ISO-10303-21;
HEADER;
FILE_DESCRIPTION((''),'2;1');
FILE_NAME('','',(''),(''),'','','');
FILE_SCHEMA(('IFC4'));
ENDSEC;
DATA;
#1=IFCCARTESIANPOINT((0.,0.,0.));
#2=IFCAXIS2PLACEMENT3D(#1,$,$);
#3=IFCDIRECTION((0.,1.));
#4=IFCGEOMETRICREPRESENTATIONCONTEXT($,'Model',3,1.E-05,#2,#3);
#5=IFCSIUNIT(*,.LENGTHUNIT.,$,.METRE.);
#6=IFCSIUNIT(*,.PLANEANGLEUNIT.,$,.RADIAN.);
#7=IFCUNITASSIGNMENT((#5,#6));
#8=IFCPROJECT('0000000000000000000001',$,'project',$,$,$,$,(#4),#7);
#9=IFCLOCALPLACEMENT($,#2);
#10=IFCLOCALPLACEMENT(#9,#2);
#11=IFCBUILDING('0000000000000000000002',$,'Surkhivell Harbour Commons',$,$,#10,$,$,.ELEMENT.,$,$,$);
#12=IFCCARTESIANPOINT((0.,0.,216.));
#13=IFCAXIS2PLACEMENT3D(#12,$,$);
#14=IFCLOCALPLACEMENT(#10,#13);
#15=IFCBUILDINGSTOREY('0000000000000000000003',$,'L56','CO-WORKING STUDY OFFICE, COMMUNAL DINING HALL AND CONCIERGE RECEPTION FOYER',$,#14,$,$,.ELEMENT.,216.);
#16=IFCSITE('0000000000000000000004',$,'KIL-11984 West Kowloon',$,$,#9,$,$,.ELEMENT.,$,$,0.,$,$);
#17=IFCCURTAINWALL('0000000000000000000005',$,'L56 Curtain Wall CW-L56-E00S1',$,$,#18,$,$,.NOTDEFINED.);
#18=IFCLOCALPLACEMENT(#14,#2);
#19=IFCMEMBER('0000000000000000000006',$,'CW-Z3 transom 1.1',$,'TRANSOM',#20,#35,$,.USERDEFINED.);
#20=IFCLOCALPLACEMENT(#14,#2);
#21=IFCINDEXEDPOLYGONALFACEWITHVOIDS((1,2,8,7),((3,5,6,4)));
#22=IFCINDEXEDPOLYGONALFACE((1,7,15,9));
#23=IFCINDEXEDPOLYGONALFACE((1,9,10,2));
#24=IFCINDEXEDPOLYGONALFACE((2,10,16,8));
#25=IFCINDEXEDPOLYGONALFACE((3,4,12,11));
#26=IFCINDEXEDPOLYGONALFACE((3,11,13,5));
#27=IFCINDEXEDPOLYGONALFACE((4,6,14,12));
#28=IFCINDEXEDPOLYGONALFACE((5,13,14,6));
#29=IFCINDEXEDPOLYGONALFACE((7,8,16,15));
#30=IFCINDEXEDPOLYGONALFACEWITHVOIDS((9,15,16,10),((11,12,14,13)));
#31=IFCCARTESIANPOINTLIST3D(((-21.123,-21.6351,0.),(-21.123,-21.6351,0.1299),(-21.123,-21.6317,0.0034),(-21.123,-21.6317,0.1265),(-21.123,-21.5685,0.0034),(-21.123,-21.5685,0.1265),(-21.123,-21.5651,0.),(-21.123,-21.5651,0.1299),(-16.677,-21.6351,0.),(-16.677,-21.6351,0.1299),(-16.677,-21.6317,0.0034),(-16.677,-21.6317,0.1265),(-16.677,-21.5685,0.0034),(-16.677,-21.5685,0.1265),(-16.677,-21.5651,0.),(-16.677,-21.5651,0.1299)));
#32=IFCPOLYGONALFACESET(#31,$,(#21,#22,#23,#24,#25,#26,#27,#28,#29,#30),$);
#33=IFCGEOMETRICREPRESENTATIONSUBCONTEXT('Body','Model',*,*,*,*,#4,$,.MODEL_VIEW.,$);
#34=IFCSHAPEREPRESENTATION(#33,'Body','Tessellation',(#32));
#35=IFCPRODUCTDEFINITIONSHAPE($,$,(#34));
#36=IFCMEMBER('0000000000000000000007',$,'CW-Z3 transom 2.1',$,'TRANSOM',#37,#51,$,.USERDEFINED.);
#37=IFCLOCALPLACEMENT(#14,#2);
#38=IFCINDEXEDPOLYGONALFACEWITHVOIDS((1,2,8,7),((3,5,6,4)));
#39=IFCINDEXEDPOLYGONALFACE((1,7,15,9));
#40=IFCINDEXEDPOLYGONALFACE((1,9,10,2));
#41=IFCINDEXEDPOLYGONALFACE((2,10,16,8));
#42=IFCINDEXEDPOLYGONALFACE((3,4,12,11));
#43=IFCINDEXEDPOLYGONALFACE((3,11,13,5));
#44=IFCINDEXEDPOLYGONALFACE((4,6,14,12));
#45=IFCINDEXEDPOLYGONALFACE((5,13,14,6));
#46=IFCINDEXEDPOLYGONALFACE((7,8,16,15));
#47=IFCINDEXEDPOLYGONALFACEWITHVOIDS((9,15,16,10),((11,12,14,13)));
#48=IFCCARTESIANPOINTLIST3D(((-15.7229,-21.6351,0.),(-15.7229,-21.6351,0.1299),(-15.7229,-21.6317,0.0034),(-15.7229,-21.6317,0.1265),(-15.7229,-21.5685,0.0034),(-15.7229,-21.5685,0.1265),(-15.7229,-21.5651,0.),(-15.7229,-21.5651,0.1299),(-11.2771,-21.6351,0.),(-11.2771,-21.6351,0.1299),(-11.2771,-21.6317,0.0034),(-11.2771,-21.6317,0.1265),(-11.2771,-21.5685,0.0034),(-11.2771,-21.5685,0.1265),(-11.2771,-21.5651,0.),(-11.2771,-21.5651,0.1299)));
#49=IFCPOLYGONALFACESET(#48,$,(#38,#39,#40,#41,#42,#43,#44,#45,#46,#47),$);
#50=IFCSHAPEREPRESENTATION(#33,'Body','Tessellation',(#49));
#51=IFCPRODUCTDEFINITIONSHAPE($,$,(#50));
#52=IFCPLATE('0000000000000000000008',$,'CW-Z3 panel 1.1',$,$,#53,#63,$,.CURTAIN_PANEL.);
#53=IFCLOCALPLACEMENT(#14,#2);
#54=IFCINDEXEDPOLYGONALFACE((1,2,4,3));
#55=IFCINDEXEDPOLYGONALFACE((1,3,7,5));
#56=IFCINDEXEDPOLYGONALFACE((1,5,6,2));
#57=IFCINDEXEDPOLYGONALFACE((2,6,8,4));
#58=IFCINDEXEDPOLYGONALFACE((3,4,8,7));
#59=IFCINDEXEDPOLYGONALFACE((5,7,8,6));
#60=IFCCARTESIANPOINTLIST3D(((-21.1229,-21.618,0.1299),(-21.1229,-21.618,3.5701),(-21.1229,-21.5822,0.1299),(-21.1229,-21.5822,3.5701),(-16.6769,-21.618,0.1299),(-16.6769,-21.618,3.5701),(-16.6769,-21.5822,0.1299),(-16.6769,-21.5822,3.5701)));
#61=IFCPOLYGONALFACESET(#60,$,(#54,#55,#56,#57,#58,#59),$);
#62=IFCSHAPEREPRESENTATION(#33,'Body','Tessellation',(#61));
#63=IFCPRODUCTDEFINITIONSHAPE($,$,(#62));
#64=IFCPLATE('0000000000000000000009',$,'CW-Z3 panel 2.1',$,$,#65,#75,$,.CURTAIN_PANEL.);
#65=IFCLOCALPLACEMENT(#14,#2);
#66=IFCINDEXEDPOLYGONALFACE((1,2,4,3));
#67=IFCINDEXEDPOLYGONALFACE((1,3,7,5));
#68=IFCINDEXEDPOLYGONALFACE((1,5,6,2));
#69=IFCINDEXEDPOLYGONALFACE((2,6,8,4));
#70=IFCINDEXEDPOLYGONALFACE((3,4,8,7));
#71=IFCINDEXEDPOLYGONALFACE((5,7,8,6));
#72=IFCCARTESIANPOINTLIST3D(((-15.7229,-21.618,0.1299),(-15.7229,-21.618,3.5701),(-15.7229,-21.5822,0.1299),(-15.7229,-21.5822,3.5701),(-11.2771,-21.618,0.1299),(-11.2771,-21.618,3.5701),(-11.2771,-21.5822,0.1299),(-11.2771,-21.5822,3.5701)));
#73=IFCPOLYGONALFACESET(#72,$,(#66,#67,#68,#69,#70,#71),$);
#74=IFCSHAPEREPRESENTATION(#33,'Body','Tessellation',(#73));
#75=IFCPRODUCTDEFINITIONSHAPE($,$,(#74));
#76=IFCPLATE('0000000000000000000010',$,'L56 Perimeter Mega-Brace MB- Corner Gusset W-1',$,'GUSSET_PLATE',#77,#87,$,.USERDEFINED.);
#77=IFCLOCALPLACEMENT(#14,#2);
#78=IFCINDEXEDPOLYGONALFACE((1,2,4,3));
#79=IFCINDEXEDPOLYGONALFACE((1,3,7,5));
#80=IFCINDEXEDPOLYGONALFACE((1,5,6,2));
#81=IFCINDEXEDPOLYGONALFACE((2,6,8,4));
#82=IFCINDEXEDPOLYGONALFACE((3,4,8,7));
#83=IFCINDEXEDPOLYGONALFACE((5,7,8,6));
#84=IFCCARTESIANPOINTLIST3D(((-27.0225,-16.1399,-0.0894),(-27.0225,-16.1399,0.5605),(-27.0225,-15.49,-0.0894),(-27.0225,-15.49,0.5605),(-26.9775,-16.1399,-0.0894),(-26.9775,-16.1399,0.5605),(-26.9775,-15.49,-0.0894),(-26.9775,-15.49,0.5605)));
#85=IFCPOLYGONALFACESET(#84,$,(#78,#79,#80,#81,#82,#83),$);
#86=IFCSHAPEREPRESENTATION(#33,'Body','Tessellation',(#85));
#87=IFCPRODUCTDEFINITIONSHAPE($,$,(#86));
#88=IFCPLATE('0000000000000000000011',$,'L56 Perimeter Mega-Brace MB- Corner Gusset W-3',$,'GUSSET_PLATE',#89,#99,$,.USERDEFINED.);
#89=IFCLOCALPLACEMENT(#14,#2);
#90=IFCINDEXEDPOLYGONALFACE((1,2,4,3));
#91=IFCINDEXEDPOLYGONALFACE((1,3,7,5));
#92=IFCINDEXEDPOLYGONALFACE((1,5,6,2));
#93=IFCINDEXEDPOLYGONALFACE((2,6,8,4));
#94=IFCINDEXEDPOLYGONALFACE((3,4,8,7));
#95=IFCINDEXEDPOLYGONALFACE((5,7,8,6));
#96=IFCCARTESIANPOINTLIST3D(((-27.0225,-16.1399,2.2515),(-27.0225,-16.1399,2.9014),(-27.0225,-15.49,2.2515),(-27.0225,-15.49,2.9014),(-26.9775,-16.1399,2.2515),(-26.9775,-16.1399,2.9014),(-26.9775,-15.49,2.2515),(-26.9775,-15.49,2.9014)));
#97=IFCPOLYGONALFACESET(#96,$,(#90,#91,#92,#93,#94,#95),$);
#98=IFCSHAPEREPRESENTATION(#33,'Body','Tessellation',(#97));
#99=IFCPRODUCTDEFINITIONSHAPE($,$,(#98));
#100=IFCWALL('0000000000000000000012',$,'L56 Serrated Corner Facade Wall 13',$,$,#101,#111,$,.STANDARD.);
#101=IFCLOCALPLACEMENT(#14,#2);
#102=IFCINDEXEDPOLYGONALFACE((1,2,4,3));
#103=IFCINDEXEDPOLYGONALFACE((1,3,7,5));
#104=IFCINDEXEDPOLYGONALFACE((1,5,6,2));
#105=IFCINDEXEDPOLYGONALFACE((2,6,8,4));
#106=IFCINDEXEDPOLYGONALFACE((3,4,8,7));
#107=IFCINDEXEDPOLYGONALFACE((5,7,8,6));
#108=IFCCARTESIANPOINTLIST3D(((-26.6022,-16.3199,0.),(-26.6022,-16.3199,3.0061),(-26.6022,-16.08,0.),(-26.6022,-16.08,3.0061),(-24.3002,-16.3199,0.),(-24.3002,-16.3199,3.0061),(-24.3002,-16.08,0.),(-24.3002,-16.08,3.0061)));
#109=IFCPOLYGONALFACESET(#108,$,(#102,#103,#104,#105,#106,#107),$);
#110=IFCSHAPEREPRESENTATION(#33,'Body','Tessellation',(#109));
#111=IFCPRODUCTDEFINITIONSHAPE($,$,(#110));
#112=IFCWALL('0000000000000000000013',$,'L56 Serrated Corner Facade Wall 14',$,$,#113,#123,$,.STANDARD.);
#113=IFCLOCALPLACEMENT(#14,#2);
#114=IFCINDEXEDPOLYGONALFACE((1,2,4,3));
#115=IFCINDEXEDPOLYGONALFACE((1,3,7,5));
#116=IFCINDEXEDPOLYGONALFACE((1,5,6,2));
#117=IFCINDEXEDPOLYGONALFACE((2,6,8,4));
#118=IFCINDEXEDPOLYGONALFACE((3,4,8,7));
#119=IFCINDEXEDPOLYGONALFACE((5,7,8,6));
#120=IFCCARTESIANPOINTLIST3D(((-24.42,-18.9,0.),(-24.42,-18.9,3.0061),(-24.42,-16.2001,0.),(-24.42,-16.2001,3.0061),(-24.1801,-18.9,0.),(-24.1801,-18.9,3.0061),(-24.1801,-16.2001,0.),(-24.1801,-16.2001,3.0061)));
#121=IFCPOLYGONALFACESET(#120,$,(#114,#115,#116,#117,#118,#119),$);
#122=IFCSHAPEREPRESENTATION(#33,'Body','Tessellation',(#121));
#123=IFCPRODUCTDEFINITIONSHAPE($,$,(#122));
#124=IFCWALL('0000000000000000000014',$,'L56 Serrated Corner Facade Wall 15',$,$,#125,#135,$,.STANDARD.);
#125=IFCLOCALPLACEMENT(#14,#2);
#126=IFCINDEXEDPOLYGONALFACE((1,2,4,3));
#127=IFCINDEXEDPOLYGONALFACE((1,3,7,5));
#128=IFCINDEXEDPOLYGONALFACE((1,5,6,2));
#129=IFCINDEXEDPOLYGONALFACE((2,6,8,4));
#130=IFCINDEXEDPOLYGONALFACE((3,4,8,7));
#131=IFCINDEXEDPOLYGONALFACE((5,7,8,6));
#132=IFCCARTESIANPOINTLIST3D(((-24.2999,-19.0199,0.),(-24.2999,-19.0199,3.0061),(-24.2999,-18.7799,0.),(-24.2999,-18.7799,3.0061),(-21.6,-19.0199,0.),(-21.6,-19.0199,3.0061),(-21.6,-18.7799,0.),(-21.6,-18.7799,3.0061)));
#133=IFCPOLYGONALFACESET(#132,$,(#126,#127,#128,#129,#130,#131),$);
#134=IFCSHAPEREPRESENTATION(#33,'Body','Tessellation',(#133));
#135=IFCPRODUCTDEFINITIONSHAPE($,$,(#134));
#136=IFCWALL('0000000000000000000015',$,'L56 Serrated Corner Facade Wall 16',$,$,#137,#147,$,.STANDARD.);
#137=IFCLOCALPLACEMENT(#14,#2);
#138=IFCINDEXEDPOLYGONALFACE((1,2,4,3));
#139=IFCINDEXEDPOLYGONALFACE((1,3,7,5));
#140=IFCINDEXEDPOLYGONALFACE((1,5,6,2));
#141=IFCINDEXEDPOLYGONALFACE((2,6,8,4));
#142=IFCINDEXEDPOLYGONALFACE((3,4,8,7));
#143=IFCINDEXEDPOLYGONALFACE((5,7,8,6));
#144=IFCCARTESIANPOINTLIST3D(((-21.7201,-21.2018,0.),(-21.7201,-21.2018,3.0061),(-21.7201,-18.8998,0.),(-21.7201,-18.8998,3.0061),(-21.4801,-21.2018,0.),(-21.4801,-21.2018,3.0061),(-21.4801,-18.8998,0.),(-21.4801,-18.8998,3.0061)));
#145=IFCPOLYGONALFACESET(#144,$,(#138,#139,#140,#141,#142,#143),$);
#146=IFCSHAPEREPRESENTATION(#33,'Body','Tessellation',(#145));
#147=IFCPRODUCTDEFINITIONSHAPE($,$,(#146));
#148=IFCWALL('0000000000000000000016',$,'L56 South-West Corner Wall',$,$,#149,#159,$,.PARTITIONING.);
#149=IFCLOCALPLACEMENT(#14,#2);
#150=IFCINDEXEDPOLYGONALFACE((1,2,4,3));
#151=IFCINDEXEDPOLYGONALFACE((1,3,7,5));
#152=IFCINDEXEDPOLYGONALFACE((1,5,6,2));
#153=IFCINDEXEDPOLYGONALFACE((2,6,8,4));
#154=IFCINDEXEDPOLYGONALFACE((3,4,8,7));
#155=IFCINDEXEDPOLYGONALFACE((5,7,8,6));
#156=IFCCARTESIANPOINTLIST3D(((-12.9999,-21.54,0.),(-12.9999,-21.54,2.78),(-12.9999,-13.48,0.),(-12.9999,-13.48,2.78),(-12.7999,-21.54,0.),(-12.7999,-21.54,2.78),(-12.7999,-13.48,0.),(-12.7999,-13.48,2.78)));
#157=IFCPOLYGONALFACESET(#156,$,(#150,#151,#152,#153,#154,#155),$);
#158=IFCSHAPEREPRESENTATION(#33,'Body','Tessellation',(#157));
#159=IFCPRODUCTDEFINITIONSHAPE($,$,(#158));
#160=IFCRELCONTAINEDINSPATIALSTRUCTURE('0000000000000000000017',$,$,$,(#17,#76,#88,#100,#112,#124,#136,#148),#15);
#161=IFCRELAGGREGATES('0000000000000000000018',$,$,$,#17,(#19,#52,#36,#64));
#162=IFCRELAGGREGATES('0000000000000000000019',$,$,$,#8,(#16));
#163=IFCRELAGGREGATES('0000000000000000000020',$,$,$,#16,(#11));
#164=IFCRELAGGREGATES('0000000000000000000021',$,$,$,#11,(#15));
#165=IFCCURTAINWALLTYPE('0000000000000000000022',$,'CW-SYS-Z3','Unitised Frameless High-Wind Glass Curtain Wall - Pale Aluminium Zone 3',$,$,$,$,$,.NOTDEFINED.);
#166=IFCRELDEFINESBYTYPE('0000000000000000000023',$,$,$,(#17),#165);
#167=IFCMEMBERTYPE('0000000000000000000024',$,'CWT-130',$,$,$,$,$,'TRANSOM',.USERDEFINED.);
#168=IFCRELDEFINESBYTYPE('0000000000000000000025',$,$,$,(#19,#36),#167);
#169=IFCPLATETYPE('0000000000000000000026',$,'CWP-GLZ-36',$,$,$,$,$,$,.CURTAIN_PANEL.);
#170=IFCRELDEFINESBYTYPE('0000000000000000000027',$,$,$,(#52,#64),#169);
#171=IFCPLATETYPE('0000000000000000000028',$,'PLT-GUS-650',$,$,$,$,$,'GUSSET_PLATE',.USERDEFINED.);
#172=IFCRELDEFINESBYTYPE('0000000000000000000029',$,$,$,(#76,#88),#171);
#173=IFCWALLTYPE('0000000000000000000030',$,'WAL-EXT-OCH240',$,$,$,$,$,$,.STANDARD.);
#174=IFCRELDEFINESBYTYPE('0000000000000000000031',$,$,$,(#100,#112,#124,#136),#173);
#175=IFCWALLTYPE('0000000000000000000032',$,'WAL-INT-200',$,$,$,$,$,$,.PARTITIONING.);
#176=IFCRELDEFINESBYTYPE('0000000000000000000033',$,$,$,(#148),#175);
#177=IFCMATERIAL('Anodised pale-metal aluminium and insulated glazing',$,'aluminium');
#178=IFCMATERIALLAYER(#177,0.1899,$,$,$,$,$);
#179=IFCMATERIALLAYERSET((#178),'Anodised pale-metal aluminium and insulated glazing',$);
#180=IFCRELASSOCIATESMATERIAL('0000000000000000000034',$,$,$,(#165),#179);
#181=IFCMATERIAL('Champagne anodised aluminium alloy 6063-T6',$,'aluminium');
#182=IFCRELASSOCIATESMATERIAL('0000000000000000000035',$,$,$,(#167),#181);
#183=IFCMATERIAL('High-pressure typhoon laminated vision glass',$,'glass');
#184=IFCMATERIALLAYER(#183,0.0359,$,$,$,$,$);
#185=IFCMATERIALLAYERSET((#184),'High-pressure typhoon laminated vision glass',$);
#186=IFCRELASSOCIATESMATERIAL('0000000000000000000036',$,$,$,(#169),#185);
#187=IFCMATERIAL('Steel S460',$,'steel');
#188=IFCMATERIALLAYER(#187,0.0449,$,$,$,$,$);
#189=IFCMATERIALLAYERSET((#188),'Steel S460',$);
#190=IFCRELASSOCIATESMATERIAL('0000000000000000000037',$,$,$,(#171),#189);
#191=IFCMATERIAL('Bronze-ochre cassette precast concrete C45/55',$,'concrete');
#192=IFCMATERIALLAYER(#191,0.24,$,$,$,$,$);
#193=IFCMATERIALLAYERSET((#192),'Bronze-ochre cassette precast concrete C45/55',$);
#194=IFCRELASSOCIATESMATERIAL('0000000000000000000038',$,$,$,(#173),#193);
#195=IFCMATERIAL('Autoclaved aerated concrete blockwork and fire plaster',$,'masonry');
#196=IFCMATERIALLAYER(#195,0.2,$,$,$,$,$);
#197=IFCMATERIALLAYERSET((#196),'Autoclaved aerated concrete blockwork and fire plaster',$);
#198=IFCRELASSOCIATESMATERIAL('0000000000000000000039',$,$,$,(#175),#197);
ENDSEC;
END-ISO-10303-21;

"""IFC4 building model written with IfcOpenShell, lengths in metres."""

from ifc_helpers import new_model, si_unit, direction, frame, frame_2d, origin, origin_2d, place, context, subcontext, project, spatial, rectangle, hollow_rectangle, extrude, material, layer, layer_set, material_profile, profile_set, type_object, element, aggregate, save


model = new_model("IFC4")

# Units and contexts
model_context = context("Model", 3, precision=1e-05, world=origin(), true_north=direction((0.0, 1.0)))
body_context = subcontext(model_context, "Body", "Model", "MODEL_VIEW")
ifc_project = project(units=[si_unit("LENGTHUNIT", "METRE"), si_unit("PLANEANGLEUNIT", "RADIAN")], contexts=[model_context])

# Site, building, storey
site_placement = place(None, origin())
site = spatial("IfcSite", under=ifc_project, at=site_placement, Name="KIL-11984 West Kowloon", CompositionType="ELEMENT", RefElevation=0.0)
building_placement = place(site_placement, origin())
building = spatial("IfcBuilding", under=site, at=building_placement, Name="Surkhivell Harbour Commons", CompositionType="ELEMENT")
storey_placement = place(building_placement, frame((0.0, 0.0, 216.0)))
storey = spatial("IfcBuildingStorey", under=building, at=storey_placement, Name="L56", Description="CO-WORKING STUDY OFFICE, COMMUNAL DINING HALL AND CONCIERGE RECEPTION FOYER", CompositionType="ELEMENT", Elevation=216.0)

# Curtain wall, members, plates
ifc_material_1 = material(Name="Anodised pale-metal aluminium and insulated glazing", Category="aluminium")
ifc_layer_1 = layer(ifc_material_1, 0.1899)
ifc_layer_set_1 = layer_set([ifc_layer_1], Name="Anodised pale-metal aluminium and insulated glazing")
curtain_wall_type = type_object("IfcCurtainWallType", Name="CW-SYS-Z3", Description="Unitised Frameless High-Wind Glass Curtain Wall - Pale Aluminium Zone 3", PredefinedType="NOTDEFINED", material=ifc_layer_set_1)
curtain_wall_placement = place(storey_placement, origin())
curtain_wall = element("IfcCurtainWall", 1, at=curtain_wall_placement, inside=storey, type_object=curtain_wall_type, Name="L56 Curtain Wall CW-L56-E00S1", PredefinedType="NOTDEFINED")
ifc_material_2 = material(Name="Champagne anodised aluminium alloy 6063-T6", Category="aluminium")
ifc_material_profile_1 = material_profile(ifc_material_2, hollow_rectangle(XDim=0.0701, YDim=0.1299, WallThickness=0.0034, at=origin_2d()), Name="ALU-TRAN-70x130")
ifc_profile_set_1 = profile_set([ifc_material_profile_1], Name="Champagne anodised aluminium alloy 6063-T6")
member_type_1 = type_object("IfcMemberType", Name="CWT-130", ElementType="TRANSOM", PredefinedType="USERDEFINED", material=ifc_profile_set_1)
member_1_placement = place(storey_placement, frame((-21.123, -21.6001, 0.0649), z_axis=(1.0, 0.0, 0.0), x_axis=(0.0, 1.0, 0.0)))
member_1 = element("IfcMember", 2, at=member_1_placement, type_object=member_type_1, Name="CW-Z3 transom 1.1", ObjectType="TRANSOM", PredefinedType="USERDEFINED", context=body_context, shape_type="SweptSolid", body=[
    extrude(hollow_rectangle(XDim=0.0701, YDim=0.1299, WallThickness=0.0034, at=origin_2d()), origin(), (0.0, 0.0, 1.0), 4.446),
])
member_2_placement = place(storey_placement, frame((-15.7229, -21.6001, 0.0649), z_axis=(1.0, 0.0, 0.0), x_axis=(0.0, 1.0, 0.0)))
member_2 = element("IfcMember", 3, at=member_2_placement, type_object=member_type_1, Name="CW-Z3 transom 2.1", ObjectType="TRANSOM", PredefinedType="USERDEFINED", context=body_context, shape_type="SweptSolid", body=[
    extrude(hollow_rectangle(XDim=0.0701, YDim=0.1299, WallThickness=0.0034, at=origin_2d()), origin(), (0.0, 0.0, 1.0), 4.4458),
])
ifc_material_3 = material(Name="High-pressure typhoon laminated vision glass", Category="glass")
ifc_layer_2 = layer(ifc_material_3, 0.0359)
ifc_layer_set_2 = layer_set([ifc_layer_2], Name="High-pressure typhoon laminated vision glass")
plate_type_1 = type_object("IfcPlateType", Name="CWP-GLZ-36", PredefinedType="CURTAIN_PANEL", material=ifc_layer_set_2)
plate_1_placement = place(storey_placement, frame((-21.123, -21.6001, 0.1299), z_axis=(0.0, 0.0, 1.0), x_axis=(1.0, 0.0, 0.0)))
plate_1 = element("IfcPlate", 4, at=plate_1_placement, type_object=plate_type_1, Name="CW-Z3 panel 1.1", PredefinedType="CURTAIN_PANEL", context=body_context, shape_type="SweptSolid", body=[
    extrude(rectangle(XDim=4.446, YDim=0.0359, at=frame_2d((2.2231, 0.0))), origin(), (0.0, 0.0, 1.0), 3.4402),
])
plate_2_placement = place(storey_placement, frame((-15.7229, -21.6001, 0.1299), z_axis=(0.0, 0.0, 1.0), x_axis=(1.0, 0.0, 0.0)))
plate_2 = element("IfcPlate", 5, at=plate_2_placement, type_object=plate_type_1, Name="CW-Z3 panel 2.1", PredefinedType="CURTAIN_PANEL", context=body_context, shape_type="SweptSolid", body=[
    extrude(rectangle(XDim=4.4458, YDim=0.0359, at=frame_2d((2.2229, 0.0))), origin(), (0.0, 0.0, 1.0), 3.4402),
])
aggregate(curtain_wall, [member_1, plate_1, member_2, plate_2])

# Plates
ifc_material_4 = material(Name="Steel S460", Category="steel")
ifc_layer_3 = layer(ifc_material_4, 0.0449)
ifc_layer_set_3 = layer_set([ifc_layer_3], Name="Steel S460")
plate_type_2 = type_object("IfcPlateType", Name="PLT-GUS-650", ElementType="GUSSET_PLATE", PredefinedType="USERDEFINED", material=ifc_layer_set_3)
for number, where, z_axis, x_axis, name in (
    (6, (-27.0, -15.8149, -0.0894), (0.0, 0.0, 1.0), (0.0, 1.0, 0.0), "L56 Perimeter Mega-Brace MB- Corner Gusset W-1"),
    (7, (-27.0, -15.8149, 2.2515), (0.0, 0.0, 1.0), (0.0, 1.0, 0.0), "L56 Perimeter Mega-Brace MB- Corner Gusset W-3"),
):
    element("IfcPlate", number, at=place(storey_placement, frame(where, z_axis=z_axis, x_axis=x_axis)), inside=storey, type_object=plate_type_2, Name=name, ObjectType="GUSSET_PLATE", PredefinedType="USERDEFINED", context=body_context, shape_type="SweptSolid", body=[
        extrude(rectangle(XDim=0.6499, YDim=0.0449, at=origin_2d()), origin(), (0.0, 0.0, 1.0), 0.6499),
    ])

# Walls
ifc_material_5 = material(Name="Bronze-ochre cassette precast concrete C45/55", Category="concrete")
ifc_layer_4 = layer(ifc_material_5, 0.24)
ifc_layer_set_4 = layer_set([ifc_layer_4], Name="Bronze-ochre cassette precast concrete C45/55")
wall_type_1 = type_object("IfcWallType", Name="WAL-EXT-OCH240", PredefinedType="STANDARD", material=ifc_layer_set_4)
wall_1_placement = place(storey_placement, frame((-26.6021, -16.2, 0.0), z_axis=(0.0, 0.0, 1.0), x_axis=(1.0, 0.0, 0.0)))
element("IfcWall", 8, at=wall_1_placement, inside=storey, type_object=wall_type_1, Name="L56 Serrated Corner Facade Wall 13", PredefinedType="STANDARD", context=body_context, shape_type="SweptSolid", body=[
    extrude(rectangle(XDim=2.302, YDim=0.24, at=frame_2d((1.1509, 0.0))), origin(), (0.0, 0.0, 1.0), 3.0061),
])
for number, where, z_axis, x_axis, name in (
    (9, (-24.3, -16.2, 0.0), (0.0, 0.0, 1.0), (0.0, -1.0, 0.0), "L56 Serrated Corner Facade Wall 14"),
    (10, (-24.3, -18.8999, 0.0), (0.0, 0.0, 1.0), (1.0, 0.0, 0.0), "L56 Serrated Corner Facade Wall 15"),
):
    element("IfcWall", number, at=place(storey_placement, frame(where, z_axis=z_axis, x_axis=x_axis)), inside=storey, type_object=wall_type_1, Name=name, PredefinedType="STANDARD", context=body_context, shape_type="SweptSolid", body=[
        extrude(rectangle(XDim=2.7, YDim=0.24, at=frame_2d((1.3501, 0.0))), origin(), (0.0, 0.0, 1.0), 3.0061),
    ])
wall_2_placement = place(storey_placement, frame((-21.6001, -18.8999, 0.0), z_axis=(0.0, 0.0, 1.0), x_axis=(0.0, -1.0, 0.0)))
element("IfcWall", 11, at=wall_2_placement, inside=storey, type_object=wall_type_1, Name="L56 Serrated Corner Facade Wall 16", PredefinedType="STANDARD", context=body_context, shape_type="SweptSolid", body=[
    extrude(rectangle(XDim=2.302, YDim=0.24, at=frame_2d((1.1509, 0.0))), origin(), (0.0, 0.0, 1.0), 3.0061),
])
ifc_material_6 = material(Name="Autoclaved aerated concrete blockwork and fire plaster", Category="masonry")
ifc_layer_5 = layer(ifc_material_6, 0.2)
ifc_layer_set_5 = layer_set([ifc_layer_5], Name="Autoclaved aerated concrete blockwork and fire plaster")
wall_type_2 = type_object("IfcWallType", Name="WAL-INT-200", PredefinedType="PARTITIONING", material=ifc_layer_set_5)
wall_3_placement = place(storey_placement, frame((-12.8999, -21.54, 0.0), z_axis=(0.0, 0.0, 1.0), x_axis=(0.0, 1.0, 0.0)))
element("IfcWall", 12, at=wall_3_placement, inside=storey, type_object=wall_type_2, Name="L56 South-West Corner Wall", PredefinedType="PARTITIONING", context=body_context, shape_type="SweptSolid", body=[
    extrude(rectangle(XDim=8.0601, YDim=0.2, at=frame_2d((4.03, 0.0))), origin(), (0.0, 0.0, 1.0), 2.78),
])

save(model, "model.ifc")
